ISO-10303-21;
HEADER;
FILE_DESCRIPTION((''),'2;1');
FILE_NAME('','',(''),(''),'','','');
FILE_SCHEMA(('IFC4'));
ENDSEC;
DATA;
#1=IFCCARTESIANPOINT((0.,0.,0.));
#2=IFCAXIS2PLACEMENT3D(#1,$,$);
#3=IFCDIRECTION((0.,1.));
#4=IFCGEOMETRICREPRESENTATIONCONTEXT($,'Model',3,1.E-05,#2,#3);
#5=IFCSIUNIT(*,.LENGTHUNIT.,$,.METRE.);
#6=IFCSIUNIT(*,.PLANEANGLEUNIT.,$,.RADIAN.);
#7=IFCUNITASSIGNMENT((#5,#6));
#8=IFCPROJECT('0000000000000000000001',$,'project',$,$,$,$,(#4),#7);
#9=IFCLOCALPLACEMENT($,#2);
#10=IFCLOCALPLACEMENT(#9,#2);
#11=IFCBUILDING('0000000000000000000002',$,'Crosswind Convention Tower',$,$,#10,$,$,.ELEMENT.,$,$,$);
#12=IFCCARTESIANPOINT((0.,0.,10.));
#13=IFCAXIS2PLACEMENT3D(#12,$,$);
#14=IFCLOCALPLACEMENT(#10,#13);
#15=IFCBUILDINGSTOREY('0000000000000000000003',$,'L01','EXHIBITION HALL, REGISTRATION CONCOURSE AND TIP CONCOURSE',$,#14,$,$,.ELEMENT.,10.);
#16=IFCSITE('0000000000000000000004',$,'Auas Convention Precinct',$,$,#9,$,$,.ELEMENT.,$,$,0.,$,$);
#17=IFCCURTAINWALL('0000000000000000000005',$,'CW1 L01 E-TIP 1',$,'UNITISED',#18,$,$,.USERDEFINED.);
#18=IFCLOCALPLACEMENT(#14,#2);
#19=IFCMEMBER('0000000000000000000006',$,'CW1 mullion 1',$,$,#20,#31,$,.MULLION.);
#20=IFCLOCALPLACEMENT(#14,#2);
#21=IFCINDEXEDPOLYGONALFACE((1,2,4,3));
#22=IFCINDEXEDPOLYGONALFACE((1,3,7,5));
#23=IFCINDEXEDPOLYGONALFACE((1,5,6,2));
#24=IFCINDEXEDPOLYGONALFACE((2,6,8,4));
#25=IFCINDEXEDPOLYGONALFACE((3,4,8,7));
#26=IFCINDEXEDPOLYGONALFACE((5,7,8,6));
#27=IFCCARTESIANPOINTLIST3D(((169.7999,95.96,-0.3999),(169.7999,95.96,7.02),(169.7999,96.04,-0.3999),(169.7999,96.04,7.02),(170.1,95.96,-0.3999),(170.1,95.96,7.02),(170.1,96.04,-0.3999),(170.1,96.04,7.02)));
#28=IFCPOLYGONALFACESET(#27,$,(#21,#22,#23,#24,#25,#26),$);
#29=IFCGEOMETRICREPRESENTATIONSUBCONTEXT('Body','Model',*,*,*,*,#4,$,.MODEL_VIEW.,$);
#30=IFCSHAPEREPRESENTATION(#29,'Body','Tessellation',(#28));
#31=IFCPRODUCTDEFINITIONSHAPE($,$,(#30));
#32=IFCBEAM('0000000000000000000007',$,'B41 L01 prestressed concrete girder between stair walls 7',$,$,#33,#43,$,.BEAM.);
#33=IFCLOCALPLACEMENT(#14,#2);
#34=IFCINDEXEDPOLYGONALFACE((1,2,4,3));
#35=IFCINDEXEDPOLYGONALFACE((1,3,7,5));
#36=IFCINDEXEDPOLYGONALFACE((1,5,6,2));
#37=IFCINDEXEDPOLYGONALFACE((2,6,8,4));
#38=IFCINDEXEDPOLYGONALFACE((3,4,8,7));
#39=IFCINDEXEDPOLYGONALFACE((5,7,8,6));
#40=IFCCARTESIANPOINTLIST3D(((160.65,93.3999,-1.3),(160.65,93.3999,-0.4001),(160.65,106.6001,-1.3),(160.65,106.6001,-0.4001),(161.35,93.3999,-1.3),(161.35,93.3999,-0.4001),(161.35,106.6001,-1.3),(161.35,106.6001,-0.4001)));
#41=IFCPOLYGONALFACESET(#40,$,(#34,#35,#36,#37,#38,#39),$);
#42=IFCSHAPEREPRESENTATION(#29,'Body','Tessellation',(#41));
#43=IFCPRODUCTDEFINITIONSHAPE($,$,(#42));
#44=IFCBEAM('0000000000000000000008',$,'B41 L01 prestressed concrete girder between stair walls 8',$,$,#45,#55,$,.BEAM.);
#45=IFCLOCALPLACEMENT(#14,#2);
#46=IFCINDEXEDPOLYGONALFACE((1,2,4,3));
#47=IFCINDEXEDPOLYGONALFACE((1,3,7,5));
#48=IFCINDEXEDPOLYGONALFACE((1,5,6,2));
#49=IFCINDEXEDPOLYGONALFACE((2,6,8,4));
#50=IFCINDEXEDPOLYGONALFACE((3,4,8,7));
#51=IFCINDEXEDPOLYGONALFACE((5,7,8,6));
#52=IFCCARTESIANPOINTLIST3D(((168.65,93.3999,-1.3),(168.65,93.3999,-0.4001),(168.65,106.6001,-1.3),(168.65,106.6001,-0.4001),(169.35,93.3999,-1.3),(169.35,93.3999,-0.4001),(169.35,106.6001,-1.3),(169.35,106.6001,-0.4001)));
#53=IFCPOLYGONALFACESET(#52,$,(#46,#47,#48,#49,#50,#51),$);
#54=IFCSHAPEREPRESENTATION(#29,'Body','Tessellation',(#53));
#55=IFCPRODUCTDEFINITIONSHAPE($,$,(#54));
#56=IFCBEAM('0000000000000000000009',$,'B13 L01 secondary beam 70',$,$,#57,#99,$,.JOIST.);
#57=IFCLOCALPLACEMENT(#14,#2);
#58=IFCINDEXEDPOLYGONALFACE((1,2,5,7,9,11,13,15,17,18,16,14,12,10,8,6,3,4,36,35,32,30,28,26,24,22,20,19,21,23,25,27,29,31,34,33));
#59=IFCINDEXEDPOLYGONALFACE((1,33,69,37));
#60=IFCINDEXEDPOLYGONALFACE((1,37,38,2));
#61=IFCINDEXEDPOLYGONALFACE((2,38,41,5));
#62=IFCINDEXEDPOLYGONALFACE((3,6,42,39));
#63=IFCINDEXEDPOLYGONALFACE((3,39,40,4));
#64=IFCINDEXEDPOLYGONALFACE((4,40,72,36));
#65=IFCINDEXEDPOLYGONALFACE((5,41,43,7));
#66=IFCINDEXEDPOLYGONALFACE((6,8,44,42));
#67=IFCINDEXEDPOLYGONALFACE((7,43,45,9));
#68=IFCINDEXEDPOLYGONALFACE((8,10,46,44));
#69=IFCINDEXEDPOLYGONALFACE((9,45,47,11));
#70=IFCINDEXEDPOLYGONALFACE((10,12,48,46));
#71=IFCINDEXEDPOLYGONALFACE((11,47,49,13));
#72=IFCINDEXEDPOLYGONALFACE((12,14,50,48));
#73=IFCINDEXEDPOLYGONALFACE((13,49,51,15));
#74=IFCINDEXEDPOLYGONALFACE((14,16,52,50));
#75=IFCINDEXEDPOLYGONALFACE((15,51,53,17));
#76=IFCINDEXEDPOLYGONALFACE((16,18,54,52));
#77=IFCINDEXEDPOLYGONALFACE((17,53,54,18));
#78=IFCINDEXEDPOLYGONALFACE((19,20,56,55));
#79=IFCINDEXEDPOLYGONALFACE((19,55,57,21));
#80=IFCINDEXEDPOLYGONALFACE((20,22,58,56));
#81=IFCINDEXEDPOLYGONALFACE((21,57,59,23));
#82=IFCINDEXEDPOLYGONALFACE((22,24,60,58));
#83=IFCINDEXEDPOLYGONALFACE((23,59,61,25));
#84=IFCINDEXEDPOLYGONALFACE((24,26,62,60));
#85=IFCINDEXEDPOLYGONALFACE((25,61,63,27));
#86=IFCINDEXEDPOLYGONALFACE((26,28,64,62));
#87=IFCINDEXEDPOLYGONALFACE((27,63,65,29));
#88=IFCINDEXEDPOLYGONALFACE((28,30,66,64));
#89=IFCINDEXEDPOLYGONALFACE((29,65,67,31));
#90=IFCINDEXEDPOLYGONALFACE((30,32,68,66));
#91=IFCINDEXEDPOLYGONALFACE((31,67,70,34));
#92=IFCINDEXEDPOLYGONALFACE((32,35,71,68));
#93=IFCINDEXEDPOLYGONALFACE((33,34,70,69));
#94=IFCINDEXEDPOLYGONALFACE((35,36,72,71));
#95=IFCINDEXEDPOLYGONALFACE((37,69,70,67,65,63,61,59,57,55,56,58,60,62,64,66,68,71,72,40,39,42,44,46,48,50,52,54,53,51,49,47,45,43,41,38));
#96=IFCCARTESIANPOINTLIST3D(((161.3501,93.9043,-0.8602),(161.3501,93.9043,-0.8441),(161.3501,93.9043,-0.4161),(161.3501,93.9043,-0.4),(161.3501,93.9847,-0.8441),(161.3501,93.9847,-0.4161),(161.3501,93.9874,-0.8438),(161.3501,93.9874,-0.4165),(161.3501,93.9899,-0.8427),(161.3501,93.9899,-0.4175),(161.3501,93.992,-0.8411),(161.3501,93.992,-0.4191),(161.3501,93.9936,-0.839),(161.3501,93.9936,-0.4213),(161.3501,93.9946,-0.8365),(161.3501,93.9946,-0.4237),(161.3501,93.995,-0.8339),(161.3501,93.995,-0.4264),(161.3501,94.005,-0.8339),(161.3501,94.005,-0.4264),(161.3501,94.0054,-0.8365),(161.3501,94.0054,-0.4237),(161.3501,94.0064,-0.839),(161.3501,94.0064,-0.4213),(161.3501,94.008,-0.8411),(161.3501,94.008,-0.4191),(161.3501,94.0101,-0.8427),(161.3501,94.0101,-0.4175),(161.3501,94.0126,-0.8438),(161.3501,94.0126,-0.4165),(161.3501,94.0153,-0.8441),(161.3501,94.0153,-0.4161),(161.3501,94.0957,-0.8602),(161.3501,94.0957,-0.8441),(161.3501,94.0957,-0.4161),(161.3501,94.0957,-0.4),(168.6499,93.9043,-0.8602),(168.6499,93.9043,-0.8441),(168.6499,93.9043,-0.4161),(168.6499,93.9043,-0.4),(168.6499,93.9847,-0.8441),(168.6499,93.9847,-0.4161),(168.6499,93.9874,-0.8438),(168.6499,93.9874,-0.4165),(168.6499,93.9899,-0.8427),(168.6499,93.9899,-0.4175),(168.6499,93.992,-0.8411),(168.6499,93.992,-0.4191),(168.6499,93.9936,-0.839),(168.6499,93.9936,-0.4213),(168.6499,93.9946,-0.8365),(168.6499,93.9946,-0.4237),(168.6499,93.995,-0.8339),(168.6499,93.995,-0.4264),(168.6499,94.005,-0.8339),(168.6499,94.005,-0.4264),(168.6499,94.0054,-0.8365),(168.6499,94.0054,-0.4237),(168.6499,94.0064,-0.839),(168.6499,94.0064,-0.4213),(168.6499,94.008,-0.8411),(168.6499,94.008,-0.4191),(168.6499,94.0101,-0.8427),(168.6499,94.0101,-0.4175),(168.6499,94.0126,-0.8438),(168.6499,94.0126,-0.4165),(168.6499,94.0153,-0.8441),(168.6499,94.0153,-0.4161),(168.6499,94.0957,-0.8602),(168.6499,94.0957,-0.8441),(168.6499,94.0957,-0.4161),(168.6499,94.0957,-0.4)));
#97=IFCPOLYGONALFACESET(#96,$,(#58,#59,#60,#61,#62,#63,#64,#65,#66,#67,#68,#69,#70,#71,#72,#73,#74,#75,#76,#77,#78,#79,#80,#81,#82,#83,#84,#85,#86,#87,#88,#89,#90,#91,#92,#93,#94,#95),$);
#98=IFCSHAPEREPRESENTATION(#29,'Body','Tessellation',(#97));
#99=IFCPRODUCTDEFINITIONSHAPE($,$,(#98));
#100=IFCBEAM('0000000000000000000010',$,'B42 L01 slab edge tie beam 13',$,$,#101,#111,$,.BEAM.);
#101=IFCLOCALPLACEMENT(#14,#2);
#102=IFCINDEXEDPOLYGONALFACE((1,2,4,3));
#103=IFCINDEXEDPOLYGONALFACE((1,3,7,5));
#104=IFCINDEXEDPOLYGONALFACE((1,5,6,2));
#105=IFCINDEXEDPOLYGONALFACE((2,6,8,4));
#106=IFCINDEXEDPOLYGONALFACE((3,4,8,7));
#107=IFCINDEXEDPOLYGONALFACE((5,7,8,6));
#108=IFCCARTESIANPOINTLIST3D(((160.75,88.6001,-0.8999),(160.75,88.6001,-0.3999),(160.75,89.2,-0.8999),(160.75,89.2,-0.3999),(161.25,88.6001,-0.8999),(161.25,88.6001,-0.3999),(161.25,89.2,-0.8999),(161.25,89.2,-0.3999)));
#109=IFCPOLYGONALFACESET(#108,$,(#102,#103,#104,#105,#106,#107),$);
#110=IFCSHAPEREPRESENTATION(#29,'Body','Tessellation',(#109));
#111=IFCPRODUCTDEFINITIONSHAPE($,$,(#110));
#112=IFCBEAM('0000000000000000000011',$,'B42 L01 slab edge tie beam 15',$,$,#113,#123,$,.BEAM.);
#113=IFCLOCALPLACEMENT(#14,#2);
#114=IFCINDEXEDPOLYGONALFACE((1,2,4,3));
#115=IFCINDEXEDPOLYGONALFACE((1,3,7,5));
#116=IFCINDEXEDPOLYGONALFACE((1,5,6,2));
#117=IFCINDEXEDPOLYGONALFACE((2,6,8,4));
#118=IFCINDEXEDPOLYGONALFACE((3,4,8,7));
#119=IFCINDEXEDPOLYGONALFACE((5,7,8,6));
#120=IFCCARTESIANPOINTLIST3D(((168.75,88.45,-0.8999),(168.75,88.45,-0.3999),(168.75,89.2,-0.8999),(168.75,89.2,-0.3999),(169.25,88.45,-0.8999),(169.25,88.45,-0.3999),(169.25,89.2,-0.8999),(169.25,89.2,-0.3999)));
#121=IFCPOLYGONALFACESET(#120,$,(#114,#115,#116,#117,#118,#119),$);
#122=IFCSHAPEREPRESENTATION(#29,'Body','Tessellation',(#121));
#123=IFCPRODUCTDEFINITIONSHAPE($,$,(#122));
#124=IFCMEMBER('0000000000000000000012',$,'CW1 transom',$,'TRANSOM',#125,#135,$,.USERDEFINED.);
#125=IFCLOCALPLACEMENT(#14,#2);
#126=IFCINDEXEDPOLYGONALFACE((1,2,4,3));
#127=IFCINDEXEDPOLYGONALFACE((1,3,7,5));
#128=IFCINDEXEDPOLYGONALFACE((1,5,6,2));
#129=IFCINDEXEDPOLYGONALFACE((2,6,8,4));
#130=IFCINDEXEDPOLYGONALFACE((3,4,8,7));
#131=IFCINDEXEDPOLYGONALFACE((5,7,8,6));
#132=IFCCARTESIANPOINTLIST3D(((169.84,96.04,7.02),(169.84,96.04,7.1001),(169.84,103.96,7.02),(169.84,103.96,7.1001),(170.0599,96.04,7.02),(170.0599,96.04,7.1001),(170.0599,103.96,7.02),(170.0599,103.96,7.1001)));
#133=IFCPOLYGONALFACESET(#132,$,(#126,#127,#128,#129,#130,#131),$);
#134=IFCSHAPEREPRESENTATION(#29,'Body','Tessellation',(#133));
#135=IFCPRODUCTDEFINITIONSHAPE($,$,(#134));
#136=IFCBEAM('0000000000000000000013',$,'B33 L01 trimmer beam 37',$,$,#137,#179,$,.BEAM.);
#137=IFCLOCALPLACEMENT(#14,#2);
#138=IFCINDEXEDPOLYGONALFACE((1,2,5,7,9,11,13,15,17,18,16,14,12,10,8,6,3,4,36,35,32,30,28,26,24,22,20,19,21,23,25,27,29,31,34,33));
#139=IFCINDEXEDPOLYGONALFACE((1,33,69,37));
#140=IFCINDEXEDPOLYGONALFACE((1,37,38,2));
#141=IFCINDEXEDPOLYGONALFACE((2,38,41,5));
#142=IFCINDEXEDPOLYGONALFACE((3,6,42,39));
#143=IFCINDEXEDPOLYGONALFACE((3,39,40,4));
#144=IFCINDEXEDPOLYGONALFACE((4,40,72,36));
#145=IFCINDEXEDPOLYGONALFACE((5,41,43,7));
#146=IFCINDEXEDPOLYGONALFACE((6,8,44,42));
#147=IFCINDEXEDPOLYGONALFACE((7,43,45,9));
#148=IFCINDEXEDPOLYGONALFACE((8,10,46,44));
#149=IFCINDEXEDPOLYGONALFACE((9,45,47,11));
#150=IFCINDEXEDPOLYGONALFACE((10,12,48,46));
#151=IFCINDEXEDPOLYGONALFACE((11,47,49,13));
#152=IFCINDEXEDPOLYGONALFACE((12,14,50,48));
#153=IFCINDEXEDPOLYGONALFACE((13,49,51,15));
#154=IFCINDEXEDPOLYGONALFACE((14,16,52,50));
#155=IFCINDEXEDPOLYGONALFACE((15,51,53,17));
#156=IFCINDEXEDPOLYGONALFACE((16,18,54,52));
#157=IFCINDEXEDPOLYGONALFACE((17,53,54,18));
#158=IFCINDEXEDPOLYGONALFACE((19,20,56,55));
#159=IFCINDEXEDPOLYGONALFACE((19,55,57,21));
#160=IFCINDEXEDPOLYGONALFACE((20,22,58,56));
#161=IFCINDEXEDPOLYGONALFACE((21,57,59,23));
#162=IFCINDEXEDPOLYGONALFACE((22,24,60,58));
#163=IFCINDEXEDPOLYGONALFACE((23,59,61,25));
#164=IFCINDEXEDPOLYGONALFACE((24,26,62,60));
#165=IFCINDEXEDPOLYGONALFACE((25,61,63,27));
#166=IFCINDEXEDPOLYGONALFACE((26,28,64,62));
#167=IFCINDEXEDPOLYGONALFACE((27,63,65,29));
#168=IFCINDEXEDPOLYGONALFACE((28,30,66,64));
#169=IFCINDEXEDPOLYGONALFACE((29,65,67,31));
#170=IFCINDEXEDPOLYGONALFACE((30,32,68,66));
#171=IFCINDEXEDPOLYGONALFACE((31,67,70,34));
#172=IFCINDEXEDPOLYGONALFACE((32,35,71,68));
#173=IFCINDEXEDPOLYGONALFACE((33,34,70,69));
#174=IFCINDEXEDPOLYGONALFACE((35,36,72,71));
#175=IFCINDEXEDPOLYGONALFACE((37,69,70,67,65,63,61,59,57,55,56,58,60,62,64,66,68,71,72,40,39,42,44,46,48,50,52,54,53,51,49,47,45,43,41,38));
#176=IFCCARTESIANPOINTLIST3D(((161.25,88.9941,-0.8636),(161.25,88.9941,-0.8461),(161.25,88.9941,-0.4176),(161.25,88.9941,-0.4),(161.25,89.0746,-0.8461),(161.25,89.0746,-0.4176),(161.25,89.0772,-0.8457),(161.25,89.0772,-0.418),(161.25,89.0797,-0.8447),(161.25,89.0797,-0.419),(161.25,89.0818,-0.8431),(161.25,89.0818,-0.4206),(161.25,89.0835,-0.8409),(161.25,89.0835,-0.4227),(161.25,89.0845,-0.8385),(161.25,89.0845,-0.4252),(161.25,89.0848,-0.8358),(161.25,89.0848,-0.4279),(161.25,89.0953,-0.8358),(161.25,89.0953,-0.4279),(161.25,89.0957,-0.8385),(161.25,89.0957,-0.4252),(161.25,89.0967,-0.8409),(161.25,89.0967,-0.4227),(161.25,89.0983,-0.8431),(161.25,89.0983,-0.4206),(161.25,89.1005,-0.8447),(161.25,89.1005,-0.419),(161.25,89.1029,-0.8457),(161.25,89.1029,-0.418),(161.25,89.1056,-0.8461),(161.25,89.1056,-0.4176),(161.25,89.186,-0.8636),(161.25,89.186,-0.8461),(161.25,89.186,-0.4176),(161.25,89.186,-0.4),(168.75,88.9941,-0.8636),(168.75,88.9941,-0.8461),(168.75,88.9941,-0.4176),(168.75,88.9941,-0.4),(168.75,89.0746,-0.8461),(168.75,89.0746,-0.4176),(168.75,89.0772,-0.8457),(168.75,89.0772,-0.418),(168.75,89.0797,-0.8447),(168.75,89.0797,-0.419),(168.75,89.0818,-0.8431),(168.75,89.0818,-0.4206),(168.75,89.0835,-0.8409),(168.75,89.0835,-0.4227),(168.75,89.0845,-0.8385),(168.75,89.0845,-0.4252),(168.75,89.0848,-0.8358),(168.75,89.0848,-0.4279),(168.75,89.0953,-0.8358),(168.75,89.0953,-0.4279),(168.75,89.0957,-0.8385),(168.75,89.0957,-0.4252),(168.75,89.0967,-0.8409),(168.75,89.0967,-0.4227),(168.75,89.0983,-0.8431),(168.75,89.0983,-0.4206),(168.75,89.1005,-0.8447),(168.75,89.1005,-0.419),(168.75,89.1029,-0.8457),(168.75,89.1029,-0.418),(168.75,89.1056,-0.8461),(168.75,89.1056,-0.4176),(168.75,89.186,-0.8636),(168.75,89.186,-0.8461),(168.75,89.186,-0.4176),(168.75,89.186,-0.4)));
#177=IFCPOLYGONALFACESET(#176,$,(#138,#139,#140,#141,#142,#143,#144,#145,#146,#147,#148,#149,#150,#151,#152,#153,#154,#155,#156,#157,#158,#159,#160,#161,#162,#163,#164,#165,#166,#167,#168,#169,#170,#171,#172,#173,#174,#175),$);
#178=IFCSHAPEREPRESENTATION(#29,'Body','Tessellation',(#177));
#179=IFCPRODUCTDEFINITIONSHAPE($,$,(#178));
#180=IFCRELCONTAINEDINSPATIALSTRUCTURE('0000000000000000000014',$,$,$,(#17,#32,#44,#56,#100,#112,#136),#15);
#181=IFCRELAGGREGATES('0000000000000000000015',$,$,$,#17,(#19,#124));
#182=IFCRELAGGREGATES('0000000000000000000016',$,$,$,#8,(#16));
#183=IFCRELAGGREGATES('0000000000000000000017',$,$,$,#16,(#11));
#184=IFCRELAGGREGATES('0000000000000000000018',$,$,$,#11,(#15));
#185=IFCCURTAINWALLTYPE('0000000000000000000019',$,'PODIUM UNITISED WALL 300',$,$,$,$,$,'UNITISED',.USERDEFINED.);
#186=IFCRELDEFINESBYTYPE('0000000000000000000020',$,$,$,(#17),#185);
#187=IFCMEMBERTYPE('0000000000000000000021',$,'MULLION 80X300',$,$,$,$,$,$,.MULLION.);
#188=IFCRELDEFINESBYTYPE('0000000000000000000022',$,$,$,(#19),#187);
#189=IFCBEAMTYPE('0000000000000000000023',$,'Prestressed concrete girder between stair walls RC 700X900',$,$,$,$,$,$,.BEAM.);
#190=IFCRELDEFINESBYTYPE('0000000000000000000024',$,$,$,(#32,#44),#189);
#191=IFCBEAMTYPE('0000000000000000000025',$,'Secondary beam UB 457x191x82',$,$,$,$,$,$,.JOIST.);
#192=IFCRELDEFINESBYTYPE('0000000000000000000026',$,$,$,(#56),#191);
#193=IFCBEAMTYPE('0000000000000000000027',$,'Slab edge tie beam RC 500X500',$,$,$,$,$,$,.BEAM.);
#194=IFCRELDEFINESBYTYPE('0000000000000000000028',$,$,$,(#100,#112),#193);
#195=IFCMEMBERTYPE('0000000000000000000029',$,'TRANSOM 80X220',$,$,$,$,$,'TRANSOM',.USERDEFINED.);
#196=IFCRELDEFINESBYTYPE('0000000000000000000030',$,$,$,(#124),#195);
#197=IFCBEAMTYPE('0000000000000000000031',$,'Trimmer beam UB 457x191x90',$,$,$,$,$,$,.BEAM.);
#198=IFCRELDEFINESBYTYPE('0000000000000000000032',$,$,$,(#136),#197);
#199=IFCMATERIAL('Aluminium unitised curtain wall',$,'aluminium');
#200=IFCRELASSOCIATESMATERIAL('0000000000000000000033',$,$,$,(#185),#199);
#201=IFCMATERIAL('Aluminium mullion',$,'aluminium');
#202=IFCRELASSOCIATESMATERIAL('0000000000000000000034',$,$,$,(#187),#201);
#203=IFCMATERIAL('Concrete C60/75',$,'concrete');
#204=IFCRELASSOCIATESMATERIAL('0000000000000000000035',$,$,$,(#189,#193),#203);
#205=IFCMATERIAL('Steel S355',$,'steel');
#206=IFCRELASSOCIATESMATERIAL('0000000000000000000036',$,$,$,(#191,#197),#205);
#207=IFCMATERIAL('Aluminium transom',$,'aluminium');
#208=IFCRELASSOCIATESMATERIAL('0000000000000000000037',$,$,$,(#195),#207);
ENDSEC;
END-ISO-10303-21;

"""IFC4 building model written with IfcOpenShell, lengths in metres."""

from ifc_helpers import new_model, si_unit, direction, frame, origin, origin_2d, place, context, subcontext, project, spatial, rectangle, i_section, extrude, material, material_profile, profile_set, type_object, element, aggregate, save


model = new_model("IFC4")

# Units and contexts
model_context = context("Model", 3, precision=1e-05, world=origin(), true_north=direction((0.0, 1.0)))
body_context = subcontext(model_context, "Body", "Model", "MODEL_VIEW")
ifc_project = project(units=[si_unit("LENGTHUNIT", "METRE"), si_unit("PLANEANGLEUNIT", "RADIAN")], contexts=[model_context])

# Site, building, storey
site_placement = place(None, origin())
site = spatial("IfcSite", under=ifc_project, at=site_placement, Name="Auas Convention Precinct", CompositionType="ELEMENT", RefElevation=0.0)
building_placement = place(site_placement, origin())
building = spatial("IfcBuilding", under=site, at=building_placement, Name="Crosswind Convention Tower", CompositionType="ELEMENT")
storey_placement = place(building_placement, frame((0.0, 0.0, 10.0)))
storey = spatial("IfcBuildingStorey", under=building, at=storey_placement, Name="L01", Description="EXHIBITION HALL, REGISTRATION CONCOURSE AND TIP CONCOURSE", CompositionType="ELEMENT", Elevation=10.0)

# Curtain wall, member
ifc_material_1 = material(Name="Aluminium unitised curtain wall", Category="aluminium")
curtain_wall_type = type_object("IfcCurtainWallType", Name="PODIUM UNITISED WALL 300", ElementType="UNITISED", PredefinedType="USERDEFINED", material=ifc_material_1)
curtain_wall_placement = place(storey_placement, origin())
curtain_wall = element("IfcCurtainWall", 1, at=curtain_wall_placement, inside=storey, type_object=curtain_wall_type, Name="CW1 L01 E-TIP 1", ObjectType="UNITISED", PredefinedType="USERDEFINED")
ifc_material_2 = material(Name="Aluminium mullion", Category="aluminium")
ifc_material_profile_1 = material_profile(ifc_material_2, rectangle(XDim=0.3, YDim=0.0801, at=origin_2d()), Name="AL 300X80")
ifc_profile_set_1 = profile_set([ifc_material_profile_1], Name="Aluminium mullion")
member_type_1 = type_object("IfcMemberType", Name="MULLION 80X300", PredefinedType="MULLION", material=ifc_profile_set_1)
member_1_placement = place(storey_placement, frame((169.95, 96.0, -0.3999), z_axis=(0.0, 0.0, 1.0), x_axis=(1.0, 0.0, 0.0)))
member_1 = element("IfcMember", 2, at=member_1_placement, type_object=member_type_1, Name="CW1 mullion 1", PredefinedType="MULLION", context=body_context, shape_type="SweptSolid", body=[
    extrude(rectangle(XDim=0.3, YDim=0.0801, at=origin_2d()), origin(), (0.0, 0.0, 1.0), 7.4199),
])

# Beams
ifc_material_3 = material(Name="Concrete C60/75", Category="concrete")
ifc_material_profile_2 = material_profile(ifc_material_3, rectangle(XDim=0.7, YDim=0.8999, at=origin_2d()), Name="RC 700X900")
ifc_profile_set_2 = profile_set([ifc_material_profile_2], Name="Concrete C60/75")
beam_type_1 = type_object("IfcBeamType", Name="Prestressed concrete girder between stair walls RC 700X900", PredefinedType="BEAM", material=ifc_profile_set_2)
for number, where, z_axis, x_axis, name in (
    (3, (161.0, 93.3999, -0.8501), (0.0, 1.0, 0.0), (-1.0, 0.0, 0.0), "B41 L01 prestressed concrete girder between stair walls 7"),
    (4, (169.0, 93.3999, -0.8501), (0.0, 1.0, 0.0), (-1.0, 0.0, 0.0), "B41 L01 prestressed concrete girder between stair walls 8"),
):
    element("IfcBeam", number, at=place(storey_placement, frame(where, z_axis=z_axis, x_axis=x_axis)), inside=storey, type_object=beam_type_1, Name=name, PredefinedType="BEAM", context=body_context, shape_type="SweptSolid", body=[
        extrude(rectangle(XDim=0.7, YDim=0.8999, at=origin_2d()), origin(), (0.0, 0.0, 1.0), 13.2002),
    ])
ifc_material_4 = material(Name="Steel S355", Category="steel")
ifc_material_profile_3 = material_profile(ifc_material_4, i_section(OverallWidth=0.1914, OverallDepth=0.4602, WebThickness=0.01, FlangeThickness=0.0161, FilletRadius=0.0103, at=origin_2d()), Name="UB 457x191x82")
ifc_profile_set_3 = profile_set([ifc_material_profile_3], Name="Steel S355")
beam_type_2 = type_object("IfcBeamType", Name="Secondary beam UB 457x191x82", PredefinedType="JOIST", material=ifc_profile_set_3)
beam_1_placement = place(storey_placement, frame((161.3501, 94.0, -0.6301), z_axis=(1.0, 0.0, 0.0), x_axis=(0.0, 1.0, 0.0)))
element("IfcBeam", 5, at=beam_1_placement, inside=storey, type_object=beam_type_2, Name="B13 L01 secondary beam 70", PredefinedType="JOIST", context=body_context, shape_type="SweptSolid", body=[
    extrude(i_section(OverallWidth=0.1914, OverallDepth=0.4602, WebThickness=0.01, FlangeThickness=0.0161, FilletRadius=0.0103, at=origin_2d()), origin(), (0.0, 0.0, 1.0), 7.2998),
])
ifc_material_profile_4 = material_profile(ifc_material_3, rectangle(XDim=0.5, YDim=0.5, at=origin_2d()), Name="RC 500X500")
ifc_profile_set_4 = profile_set([ifc_material_profile_4], Name="Concrete C60/75")
beam_type_3 = type_object("IfcBeamType", Name="Slab edge tie beam RC 500X500", PredefinedType="BEAM", material=ifc_profile_set_4)
beam_2_placement = place(storey_placement, frame((161.0, 88.6001, -0.6499), z_axis=(0.0, 1.0, 0.0), x_axis=(-1.0, 0.0, 0.0)))
element("IfcBeam", 6, at=beam_2_placement, inside=storey, type_object=beam_type_3, Name="B42 L01 slab edge tie beam 13", PredefinedType="BEAM", context=body_context, shape_type="SweptSolid", body=[
    extrude(rectangle(XDim=0.5, YDim=0.5, at=origin_2d()), origin(), (0.0, 0.0, 1.0), 0.5999),
])
beam_3_placement = place(storey_placement, frame((169.0, 88.45, -0.6499), z_axis=(0.0, 1.0, 0.0), x_axis=(-1.0, 0.0, 0.0)))
element("IfcBeam", 7, at=beam_3_placement, inside=storey, type_object=beam_type_3, Name="B42 L01 slab edge tie beam 15", PredefinedType="BEAM", context=body_context, shape_type="SweptSolid", body=[
    extrude(rectangle(XDim=0.5, YDim=0.5, at=origin_2d()), origin(), (0.0, 0.0, 1.0), 0.75),
])

# Member
ifc_material_5 = material(Name="Aluminium transom", Category="aluminium")
ifc_material_profile_5 = material_profile(ifc_material_5, rectangle(XDim=0.22, YDim=0.0801, at=origin_2d()), Name="AL 220X80")
ifc_profile_set_5 = profile_set([ifc_material_profile_5], Name="Aluminium transom")
member_type_2 = type_object("IfcMemberType", Name="TRANSOM 80X220", ElementType="TRANSOM", PredefinedType="USERDEFINED", material=ifc_profile_set_5)
member_2_placement = place(storey_placement, frame((169.95, 96.04, 7.0601), z_axis=(0.0, 1.0, 0.0), x_axis=(-1.0, 0.0, 0.0)))
member_2 = element("IfcMember", 8, at=member_2_placement, type_object=member_type_2, Name="CW1 transom", ObjectType="TRANSOM", PredefinedType="USERDEFINED", context=body_context, shape_type="SweptSolid", body=[
    extrude(rectangle(XDim=0.22, YDim=0.0801, at=origin_2d()), origin(), (0.0, 0.0, 1.0), 7.9199),
])

# Beam
ifc_material_profile_6 = material_profile(ifc_material_4, i_section(OverallWidth=0.1919, OverallDepth=0.4636, WebThickness=0.0105, FlangeThickness=0.0176, FilletRadius=0.0103, at=origin_2d()), Name="UB 457x191x90")
ifc_profile_set_6 = profile_set([ifc_material_profile_6], Name="Steel S355")
beam_type_4 = type_object("IfcBeamType", Name="Trimmer beam UB 457x191x90", PredefinedType="BEAM", material=ifc_profile_set_6)
beam_4_placement = place(storey_placement, frame((161.25, 89.0901, -0.6318), z_axis=(1.0, 0.0, 0.0), x_axis=(0.0, 1.0, 0.0)))
element("IfcBeam", 9, at=beam_4_placement, inside=storey, type_object=beam_type_4, Name="B33 L01 trimmer beam 37", PredefinedType="BEAM", context=body_context, shape_type="SweptSolid", body=[
    extrude(i_section(OverallWidth=0.1919, OverallDepth=0.4636, WebThickness=0.0105, FlangeThickness=0.0176, FilletRadius=0.0103, at=origin_2d()), origin(), (0.0, 0.0, 1.0), 7.5),
])

aggregate(curtain_wall, [member_1, member_2])

save(model, "model.ifc")
